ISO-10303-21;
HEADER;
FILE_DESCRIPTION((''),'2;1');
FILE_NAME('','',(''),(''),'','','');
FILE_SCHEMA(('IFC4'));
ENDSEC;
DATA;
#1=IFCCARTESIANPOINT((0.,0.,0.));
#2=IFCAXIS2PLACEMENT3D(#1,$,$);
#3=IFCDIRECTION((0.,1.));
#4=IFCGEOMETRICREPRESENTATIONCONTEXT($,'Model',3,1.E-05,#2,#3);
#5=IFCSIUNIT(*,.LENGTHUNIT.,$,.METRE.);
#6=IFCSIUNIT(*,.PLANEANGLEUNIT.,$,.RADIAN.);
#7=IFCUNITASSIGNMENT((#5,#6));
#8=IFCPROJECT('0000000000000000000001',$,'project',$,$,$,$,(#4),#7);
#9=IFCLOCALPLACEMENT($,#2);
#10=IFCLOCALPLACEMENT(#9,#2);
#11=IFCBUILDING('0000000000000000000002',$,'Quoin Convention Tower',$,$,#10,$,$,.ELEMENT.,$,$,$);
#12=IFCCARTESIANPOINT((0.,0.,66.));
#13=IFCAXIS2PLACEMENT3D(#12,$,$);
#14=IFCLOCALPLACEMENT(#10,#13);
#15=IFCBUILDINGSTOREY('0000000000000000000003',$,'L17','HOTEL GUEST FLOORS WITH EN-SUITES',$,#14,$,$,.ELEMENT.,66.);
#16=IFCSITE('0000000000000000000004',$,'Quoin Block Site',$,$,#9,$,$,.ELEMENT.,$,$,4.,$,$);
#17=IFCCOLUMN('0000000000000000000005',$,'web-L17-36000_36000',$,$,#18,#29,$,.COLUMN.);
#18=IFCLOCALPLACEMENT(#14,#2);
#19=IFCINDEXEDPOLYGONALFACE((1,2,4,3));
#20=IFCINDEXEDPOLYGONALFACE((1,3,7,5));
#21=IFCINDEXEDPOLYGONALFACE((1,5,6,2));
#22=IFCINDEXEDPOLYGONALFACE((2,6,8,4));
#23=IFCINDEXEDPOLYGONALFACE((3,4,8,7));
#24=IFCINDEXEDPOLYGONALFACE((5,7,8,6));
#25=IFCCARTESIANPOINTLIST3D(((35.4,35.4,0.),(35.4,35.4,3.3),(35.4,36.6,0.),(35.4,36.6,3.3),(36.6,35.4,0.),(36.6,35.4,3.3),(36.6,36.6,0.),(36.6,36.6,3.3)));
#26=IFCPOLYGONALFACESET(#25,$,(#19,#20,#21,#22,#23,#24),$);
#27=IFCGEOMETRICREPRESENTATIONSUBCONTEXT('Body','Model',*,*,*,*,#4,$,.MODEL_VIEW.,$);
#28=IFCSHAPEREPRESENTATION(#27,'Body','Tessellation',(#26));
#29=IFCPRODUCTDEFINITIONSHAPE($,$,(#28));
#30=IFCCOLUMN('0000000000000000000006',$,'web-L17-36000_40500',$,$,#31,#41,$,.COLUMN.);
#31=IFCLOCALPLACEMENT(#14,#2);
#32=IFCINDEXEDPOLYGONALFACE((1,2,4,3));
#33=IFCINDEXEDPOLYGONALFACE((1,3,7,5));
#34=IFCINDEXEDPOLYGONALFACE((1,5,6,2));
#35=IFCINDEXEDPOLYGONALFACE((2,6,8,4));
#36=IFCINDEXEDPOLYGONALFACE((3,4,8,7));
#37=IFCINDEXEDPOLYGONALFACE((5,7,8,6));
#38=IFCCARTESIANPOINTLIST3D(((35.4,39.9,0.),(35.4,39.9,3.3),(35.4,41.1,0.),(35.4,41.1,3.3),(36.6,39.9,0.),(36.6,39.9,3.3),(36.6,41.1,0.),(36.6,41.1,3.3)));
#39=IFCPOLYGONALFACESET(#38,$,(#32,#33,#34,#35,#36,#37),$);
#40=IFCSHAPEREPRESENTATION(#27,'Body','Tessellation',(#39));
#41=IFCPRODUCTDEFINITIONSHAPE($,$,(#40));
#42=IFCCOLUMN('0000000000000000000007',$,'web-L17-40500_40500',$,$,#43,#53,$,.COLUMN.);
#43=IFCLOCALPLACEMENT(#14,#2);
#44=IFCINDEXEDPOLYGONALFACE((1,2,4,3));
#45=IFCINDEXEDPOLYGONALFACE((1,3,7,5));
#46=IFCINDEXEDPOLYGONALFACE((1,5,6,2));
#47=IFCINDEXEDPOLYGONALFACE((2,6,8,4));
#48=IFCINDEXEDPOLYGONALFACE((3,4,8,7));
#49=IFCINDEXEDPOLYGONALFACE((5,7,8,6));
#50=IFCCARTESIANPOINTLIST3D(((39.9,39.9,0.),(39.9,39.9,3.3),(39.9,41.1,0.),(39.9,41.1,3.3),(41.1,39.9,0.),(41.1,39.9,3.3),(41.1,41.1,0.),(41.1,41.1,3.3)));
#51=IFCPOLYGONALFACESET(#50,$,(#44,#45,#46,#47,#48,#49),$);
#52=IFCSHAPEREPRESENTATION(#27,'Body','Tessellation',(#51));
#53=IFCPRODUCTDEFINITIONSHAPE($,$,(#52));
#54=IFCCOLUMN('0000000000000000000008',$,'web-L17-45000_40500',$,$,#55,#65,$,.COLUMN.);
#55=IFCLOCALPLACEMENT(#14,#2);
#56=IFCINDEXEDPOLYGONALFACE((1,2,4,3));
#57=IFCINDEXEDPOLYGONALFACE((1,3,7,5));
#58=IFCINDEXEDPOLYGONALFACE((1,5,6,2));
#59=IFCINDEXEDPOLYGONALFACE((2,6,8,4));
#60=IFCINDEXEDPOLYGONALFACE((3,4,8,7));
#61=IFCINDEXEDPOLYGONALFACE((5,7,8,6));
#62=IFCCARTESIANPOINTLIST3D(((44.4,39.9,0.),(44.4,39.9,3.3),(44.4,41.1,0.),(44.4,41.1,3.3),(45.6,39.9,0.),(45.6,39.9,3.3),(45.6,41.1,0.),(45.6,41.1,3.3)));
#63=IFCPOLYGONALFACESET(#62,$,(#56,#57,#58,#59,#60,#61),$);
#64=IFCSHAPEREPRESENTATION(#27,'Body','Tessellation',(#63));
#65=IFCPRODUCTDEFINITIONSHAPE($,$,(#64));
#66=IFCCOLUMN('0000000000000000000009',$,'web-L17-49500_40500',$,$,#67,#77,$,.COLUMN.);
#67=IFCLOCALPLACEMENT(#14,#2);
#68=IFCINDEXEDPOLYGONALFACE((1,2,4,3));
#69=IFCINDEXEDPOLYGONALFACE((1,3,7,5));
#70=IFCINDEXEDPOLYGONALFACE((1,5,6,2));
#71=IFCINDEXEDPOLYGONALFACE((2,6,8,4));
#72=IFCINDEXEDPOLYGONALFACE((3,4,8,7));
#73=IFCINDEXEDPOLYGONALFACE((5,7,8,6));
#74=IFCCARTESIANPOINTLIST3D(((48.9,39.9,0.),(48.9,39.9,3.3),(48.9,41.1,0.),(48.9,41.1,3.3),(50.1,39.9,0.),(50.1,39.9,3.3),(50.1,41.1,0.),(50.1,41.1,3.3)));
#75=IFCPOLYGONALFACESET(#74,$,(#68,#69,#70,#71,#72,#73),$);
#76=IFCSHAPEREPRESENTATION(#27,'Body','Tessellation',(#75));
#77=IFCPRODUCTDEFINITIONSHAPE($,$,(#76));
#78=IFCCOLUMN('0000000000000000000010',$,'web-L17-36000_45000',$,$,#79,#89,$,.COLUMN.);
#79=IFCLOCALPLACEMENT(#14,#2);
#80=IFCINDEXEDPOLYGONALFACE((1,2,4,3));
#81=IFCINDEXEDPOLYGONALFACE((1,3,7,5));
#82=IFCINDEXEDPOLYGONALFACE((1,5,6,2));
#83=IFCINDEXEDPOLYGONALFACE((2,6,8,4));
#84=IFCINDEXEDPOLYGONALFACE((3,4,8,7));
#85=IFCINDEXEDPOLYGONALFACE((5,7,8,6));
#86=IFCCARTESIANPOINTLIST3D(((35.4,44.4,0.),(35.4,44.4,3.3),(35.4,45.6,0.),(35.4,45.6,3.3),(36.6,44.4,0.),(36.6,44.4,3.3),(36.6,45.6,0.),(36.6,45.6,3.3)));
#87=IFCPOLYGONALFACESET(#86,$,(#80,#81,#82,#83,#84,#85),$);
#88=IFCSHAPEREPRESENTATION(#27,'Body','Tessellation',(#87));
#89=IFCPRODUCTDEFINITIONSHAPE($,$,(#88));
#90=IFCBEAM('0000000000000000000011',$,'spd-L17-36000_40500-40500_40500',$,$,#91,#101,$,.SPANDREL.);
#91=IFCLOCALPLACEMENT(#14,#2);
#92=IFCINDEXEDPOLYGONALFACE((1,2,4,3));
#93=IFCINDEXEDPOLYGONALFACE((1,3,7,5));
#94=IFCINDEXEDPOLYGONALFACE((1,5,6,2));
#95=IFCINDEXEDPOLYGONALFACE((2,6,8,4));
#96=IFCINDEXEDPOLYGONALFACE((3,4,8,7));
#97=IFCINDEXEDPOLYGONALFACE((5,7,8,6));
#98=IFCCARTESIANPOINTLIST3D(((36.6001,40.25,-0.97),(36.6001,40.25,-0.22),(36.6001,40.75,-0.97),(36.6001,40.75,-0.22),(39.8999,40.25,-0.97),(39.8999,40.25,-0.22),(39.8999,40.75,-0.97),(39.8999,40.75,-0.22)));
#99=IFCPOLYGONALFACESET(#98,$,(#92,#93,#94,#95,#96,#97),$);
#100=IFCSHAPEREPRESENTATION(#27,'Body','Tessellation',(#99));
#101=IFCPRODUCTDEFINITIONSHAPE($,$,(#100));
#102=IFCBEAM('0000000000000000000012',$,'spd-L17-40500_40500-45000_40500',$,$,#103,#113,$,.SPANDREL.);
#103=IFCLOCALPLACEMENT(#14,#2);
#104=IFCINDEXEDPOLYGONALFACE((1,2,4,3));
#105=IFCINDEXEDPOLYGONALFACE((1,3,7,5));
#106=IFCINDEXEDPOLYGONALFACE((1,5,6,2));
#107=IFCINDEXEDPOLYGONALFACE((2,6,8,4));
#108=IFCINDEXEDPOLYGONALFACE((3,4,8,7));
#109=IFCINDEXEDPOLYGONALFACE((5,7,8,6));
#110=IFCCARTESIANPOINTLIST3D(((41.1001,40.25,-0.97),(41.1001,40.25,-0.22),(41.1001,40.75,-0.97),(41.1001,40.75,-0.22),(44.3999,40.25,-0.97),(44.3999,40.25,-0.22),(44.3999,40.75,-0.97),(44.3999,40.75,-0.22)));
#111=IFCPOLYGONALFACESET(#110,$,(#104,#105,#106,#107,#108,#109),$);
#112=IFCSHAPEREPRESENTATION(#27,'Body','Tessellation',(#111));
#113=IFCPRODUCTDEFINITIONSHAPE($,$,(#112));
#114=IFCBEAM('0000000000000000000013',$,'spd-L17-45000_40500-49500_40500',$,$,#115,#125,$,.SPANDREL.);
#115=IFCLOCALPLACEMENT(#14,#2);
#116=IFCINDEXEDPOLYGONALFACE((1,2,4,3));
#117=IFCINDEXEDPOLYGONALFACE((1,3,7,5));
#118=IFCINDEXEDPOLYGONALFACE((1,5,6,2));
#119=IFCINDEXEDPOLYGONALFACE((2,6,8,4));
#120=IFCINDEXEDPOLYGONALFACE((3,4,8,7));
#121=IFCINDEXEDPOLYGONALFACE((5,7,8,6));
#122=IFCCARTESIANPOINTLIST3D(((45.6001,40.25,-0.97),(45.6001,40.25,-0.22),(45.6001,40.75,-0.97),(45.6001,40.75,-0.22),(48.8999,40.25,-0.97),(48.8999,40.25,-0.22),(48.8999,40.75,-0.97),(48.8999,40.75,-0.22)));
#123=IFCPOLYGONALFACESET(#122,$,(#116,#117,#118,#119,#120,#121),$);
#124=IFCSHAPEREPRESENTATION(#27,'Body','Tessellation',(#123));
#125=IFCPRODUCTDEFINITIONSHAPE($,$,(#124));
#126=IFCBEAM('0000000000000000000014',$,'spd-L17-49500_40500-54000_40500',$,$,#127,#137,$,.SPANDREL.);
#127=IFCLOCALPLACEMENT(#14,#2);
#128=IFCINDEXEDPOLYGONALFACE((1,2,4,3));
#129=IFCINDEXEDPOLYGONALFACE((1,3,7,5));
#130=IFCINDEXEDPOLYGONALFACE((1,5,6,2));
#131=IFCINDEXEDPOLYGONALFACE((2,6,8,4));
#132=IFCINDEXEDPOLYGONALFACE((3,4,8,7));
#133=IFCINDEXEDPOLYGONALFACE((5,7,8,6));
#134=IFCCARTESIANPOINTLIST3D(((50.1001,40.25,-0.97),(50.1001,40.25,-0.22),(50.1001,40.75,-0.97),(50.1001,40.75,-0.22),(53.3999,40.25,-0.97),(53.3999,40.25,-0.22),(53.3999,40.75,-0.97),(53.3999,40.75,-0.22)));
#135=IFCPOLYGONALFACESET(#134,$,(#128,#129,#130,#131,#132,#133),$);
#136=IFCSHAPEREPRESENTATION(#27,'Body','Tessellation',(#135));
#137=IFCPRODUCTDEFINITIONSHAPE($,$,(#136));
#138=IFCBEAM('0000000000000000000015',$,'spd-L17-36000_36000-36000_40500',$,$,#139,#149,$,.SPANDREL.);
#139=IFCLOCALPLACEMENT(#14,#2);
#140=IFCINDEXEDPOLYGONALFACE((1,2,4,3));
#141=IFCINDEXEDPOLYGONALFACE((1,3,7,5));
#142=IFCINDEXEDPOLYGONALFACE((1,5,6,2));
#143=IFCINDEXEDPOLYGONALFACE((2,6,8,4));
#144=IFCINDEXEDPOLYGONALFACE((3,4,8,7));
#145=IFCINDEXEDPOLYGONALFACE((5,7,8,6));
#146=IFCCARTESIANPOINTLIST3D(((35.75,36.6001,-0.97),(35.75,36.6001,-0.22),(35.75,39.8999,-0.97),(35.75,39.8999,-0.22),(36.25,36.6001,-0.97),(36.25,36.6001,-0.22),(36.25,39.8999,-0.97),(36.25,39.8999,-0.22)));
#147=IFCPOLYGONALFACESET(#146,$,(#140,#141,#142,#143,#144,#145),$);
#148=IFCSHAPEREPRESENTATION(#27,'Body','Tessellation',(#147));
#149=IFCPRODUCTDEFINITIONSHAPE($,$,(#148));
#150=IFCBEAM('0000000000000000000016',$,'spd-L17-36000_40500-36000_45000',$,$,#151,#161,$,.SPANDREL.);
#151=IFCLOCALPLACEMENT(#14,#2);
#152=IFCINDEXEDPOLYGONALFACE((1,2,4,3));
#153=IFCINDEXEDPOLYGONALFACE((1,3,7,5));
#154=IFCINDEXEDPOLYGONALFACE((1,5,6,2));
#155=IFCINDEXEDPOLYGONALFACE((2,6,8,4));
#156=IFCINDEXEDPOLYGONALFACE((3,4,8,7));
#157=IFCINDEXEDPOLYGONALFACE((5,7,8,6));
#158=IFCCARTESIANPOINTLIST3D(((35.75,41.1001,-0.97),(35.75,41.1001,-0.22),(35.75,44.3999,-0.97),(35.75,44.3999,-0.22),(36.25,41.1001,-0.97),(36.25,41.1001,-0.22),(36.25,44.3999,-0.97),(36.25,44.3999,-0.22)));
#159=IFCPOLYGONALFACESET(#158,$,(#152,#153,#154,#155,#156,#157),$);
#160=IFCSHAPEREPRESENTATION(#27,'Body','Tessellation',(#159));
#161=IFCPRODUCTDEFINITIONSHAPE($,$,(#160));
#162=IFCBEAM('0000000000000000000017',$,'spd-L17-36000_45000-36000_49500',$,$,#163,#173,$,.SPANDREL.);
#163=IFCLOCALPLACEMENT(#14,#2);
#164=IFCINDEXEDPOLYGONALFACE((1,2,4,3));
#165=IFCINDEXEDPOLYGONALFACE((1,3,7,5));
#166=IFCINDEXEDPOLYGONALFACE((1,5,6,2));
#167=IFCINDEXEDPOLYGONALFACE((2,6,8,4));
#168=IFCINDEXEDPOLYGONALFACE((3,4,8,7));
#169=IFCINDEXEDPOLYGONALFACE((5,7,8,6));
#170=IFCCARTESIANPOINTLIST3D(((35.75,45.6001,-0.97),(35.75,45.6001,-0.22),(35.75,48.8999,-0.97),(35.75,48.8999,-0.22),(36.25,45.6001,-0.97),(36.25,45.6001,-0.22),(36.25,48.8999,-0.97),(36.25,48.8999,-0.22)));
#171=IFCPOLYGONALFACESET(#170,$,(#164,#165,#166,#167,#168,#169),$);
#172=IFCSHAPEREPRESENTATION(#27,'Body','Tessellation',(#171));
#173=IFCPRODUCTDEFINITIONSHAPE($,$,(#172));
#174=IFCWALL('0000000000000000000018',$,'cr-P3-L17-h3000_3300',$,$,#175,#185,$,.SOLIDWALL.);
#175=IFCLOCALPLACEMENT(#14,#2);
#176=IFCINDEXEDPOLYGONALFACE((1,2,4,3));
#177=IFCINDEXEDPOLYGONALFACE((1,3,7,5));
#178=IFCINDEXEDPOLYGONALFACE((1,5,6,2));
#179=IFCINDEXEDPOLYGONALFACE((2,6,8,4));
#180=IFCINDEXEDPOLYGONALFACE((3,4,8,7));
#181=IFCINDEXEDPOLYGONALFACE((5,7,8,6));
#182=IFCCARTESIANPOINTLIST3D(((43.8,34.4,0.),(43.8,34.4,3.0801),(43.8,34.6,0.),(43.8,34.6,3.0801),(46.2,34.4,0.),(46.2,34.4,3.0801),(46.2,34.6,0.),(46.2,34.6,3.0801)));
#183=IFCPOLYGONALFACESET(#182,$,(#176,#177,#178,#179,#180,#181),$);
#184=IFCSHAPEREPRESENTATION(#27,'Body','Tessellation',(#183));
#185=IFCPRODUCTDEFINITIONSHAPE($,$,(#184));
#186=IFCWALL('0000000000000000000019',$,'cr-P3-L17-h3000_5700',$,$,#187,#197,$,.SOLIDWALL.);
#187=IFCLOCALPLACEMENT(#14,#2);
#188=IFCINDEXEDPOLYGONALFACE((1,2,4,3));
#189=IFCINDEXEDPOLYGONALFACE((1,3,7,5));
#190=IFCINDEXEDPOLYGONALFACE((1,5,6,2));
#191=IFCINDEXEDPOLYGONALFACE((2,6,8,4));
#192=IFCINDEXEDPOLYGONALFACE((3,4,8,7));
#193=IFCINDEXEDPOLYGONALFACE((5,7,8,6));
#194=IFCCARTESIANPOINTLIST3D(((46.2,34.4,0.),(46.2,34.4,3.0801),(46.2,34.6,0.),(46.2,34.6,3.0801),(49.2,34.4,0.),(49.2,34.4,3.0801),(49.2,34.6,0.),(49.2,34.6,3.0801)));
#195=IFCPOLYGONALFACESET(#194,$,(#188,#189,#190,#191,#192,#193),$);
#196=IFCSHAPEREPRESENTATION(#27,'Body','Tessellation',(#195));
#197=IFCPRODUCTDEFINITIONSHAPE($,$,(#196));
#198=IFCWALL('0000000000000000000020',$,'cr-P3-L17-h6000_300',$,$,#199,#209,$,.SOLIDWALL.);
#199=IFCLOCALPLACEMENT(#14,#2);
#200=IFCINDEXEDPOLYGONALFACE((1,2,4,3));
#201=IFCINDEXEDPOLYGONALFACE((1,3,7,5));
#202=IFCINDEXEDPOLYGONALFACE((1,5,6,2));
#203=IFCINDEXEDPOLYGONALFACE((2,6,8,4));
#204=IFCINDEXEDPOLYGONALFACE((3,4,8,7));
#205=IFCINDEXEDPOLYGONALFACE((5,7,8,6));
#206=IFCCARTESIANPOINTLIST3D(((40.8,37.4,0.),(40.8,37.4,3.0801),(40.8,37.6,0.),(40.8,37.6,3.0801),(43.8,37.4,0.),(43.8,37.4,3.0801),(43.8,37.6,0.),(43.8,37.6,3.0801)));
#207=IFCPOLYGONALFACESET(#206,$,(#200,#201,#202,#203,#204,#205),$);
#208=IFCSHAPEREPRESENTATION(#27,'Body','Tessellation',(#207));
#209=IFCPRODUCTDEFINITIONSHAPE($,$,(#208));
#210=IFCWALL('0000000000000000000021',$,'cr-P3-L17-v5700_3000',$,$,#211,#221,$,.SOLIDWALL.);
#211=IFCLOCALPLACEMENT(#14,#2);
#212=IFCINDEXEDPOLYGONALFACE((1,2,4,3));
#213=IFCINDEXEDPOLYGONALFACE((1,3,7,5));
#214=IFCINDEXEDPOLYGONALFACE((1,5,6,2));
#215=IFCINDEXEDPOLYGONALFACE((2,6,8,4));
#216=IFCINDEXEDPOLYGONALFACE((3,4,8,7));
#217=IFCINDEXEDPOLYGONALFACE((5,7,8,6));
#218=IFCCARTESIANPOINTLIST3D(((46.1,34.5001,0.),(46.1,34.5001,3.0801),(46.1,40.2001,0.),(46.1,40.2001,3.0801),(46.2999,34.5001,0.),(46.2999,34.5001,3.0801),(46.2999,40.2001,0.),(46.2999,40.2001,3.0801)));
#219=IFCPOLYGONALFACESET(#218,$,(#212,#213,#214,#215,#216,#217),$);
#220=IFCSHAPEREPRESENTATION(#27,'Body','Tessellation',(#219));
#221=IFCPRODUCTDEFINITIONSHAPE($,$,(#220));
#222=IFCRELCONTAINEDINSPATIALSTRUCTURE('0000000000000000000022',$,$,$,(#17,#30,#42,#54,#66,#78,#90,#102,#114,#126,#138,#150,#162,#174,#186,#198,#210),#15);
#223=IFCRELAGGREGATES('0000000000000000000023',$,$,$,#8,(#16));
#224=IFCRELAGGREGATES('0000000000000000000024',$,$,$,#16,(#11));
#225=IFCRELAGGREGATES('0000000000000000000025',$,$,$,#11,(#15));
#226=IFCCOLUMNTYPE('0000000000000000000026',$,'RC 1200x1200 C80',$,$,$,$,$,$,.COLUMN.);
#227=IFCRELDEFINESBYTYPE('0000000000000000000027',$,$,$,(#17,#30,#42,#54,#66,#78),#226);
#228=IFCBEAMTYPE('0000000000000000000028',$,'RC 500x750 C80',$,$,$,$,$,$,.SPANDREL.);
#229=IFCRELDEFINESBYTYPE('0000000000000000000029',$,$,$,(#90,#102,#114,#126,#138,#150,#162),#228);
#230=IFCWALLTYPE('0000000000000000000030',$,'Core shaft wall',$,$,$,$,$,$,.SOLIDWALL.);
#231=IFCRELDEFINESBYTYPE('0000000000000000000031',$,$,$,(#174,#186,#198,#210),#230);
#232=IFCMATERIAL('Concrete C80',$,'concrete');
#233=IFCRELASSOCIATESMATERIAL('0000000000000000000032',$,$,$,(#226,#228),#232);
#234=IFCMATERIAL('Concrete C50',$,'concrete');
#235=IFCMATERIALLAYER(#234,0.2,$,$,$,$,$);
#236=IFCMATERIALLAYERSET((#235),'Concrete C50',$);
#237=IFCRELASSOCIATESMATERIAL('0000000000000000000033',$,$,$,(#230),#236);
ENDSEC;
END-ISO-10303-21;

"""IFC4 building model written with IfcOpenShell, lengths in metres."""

from ifc_helpers import new_model, si_unit, direction, frame, frame_2d, origin, origin_2d, place, context, subcontext, project, spatial, rectangle, extrude, material, layer, layer_set, material_profile, profile_set, type_object, element, save


model = new_model("IFC4")

# Units and contexts
model_context = context("Model", 3, precision=1e-05, world=origin(), true_north=direction((0.0, 1.0)))
body_context = subcontext(model_context, "Body", "Model", "MODEL_VIEW")
ifc_project = project(units=[si_unit("LENGTHUNIT", "METRE"), si_unit("PLANEANGLEUNIT", "RADIAN")], contexts=[model_context])

# Site, building, storey
site_placement = place(None, origin())
site = spatial("IfcSite", under=ifc_project, at=site_placement, Name="Quoin Block Site", CompositionType="ELEMENT", RefElevation=4.0)
building_placement = place(site_placement, origin())
building = spatial("IfcBuilding", under=site, at=building_placement, Name="Quoin Convention Tower", CompositionType="ELEMENT")
storey_placement = place(building_placement, frame((0.0, 0.0, 66.0)))
storey = spatial("IfcBuildingStorey", under=building, at=storey_placement, Name="L17", Description="HOTEL GUEST FLOORS WITH EN-SUITES", CompositionType="ELEMENT", Elevation=66.0)

# Columns
ifc_material_1 = material(Name="Concrete C80", Category="concrete")
ifc_material_profile_1 = material_profile(ifc_material_1, rectangle(XDim=1.2, YDim=1.2, at=origin_2d()), Name="RC 1200x1200")
ifc_profile_set_1 = profile_set([ifc_material_profile_1], Name="Concrete C80")
column_type = type_object("IfcColumnType", Name="RC 1200x1200 C80", PredefinedType="COLUMN", material=ifc_profile_set_1)
for number, where, z_axis, x_axis, name in (
    (1, (36.0, 36.0, 0.0), (0.0, 0.0, 1.0), (1.0, 0.0, 0.0), "web-L17-36000_36000"),
    (2, (36.0, 40.5, 0.0), (0.0, 0.0, 1.0), (1.0, 0.0, 0.0), "web-L17-36000_40500"),
    (3, (40.5, 40.5, 0.0), (0.0, 0.0, 1.0), (1.0, 0.0, 0.0), "web-L17-40500_40500"),
    (4, (45.0, 40.5, 0.0), (0.0, 0.0, 1.0), (1.0, 0.0, 0.0), "web-L17-45000_40500"),
    (5, (49.5, 40.5, 0.0), (0.0, 0.0, 1.0), (1.0, 0.0, 0.0), "web-L17-49500_40500"),
    (6, (36.0, 45.0, 0.0), (0.0, 0.0, 1.0), (1.0, 0.0, 0.0), "web-L17-36000_45000"),
):
    element("IfcColumn", number, at=place(storey_placement, frame(where, z_axis=z_axis, x_axis=x_axis)), inside=storey, type_object=column_type, Name=name, PredefinedType="COLUMN", context=body_context, shape_type="SweptSolid", body=[
        extrude(rectangle(XDim=1.2, YDim=1.2, at=origin_2d()), origin(), (0.0, 0.0, 1.0), 3.3),
    ])

# Beams
ifc_material_profile_2 = material_profile(ifc_material_1, rectangle(XDim=0.5, YDim=0.75, at=origin_2d()), Name="RC 500x750")
ifc_profile_set_2 = profile_set([ifc_material_profile_2], Name="Concrete C80")
beam_type = type_object("IfcBeamType", Name="RC 500x750 C80", PredefinedType="SPANDREL", material=ifc_profile_set_2)
for number, where, z_axis, x_axis, name in (
    (7, (36.6001, 40.5, -0.595), (1.0, 0.0, 0.0), (0.0, 1.0, 0.0), "spd-L17-36000_40500-40500_40500"),
    (8, (41.1001, 40.5, -0.595), (1.0, 0.0, 0.0), (0.0, 1.0, 0.0), "spd-L17-40500_40500-45000_40500"),
    (9, (45.6001, 40.5, -0.595), (1.0, 0.0, 0.0), (0.0, 1.0, 0.0), "spd-L17-45000_40500-49500_40500"),
    (10, (50.1001, 40.5, -0.595), (1.0, 0.0, 0.0), (0.0, 1.0, 0.0), "spd-L17-49500_40500-54000_40500"),
    (11, (36.0, 36.6001, -0.595), (0.0, 1.0, 0.0), (-1.0, 0.0, 0.0), "spd-L17-36000_36000-36000_40500"),
    (12, (36.0, 41.1001, -0.595), (0.0, 1.0, 0.0), (-1.0, 0.0, 0.0), "spd-L17-36000_40500-36000_45000"),
    (13, (36.0, 45.6001, -0.595), (0.0, 1.0, 0.0), (-1.0, 0.0, 0.0), "spd-L17-36000_45000-36000_49500"),
):
    element("IfcBeam", number, at=place(storey_placement, frame(where, z_axis=z_axis, x_axis=x_axis)), inside=storey, type_object=beam_type, Name=name, PredefinedType="SPANDREL", context=body_context, shape_type="SweptSolid", body=[
        extrude(rectangle(XDim=0.5, YDim=0.75, at=origin_2d()), origin(), (0.0, 0.0, 1.0), 3.2998),
    ])

# Walls
ifc_material_2 = material(Name="Concrete C50", Category="concrete")
ifc_layer_1 = layer(ifc_material_2, 0.2)
ifc_layer_set_1 = layer_set([ifc_layer_1], Name="Concrete C50")
wall_type_1 = type_object("IfcWallType", Name="Core shaft wall", PredefinedType="SOLIDWALL", material=ifc_layer_set_1)
wall_1_placement = place(storey_placement, frame((43.8, 34.5, 0.0), z_axis=(0.0, 0.0, 1.0), x_axis=(1.0, 0.0, 0.0)))
element("IfcWall", 14, at=wall_1_placement, inside=storey, type_object=wall_type_1, Name="cr-P3-L17-h3000_3300", PredefinedType="SOLIDWALL", context=body_context, shape_type="SweptSolid", body=[
    extrude(rectangle(XDim=2.3999, YDim=0.2, at=frame_2d((1.2, 0.0))), origin(), (0.0, 0.0, 1.0), 3.0801),
])
for number, where, z_axis, x_axis, name in (
    (15, (46.2, 34.5, 0.0), (0.0, 0.0, 1.0), (1.0, 0.0, 0.0), "cr-P3-L17-h3000_5700"),
    (16, (40.8, 37.5, 0.0), (0.0, 0.0, 1.0), (1.0, 0.0, 0.0), "cr-P3-L17-h6000_300"),
):
    element("IfcWall", number, at=place(storey_placement, frame(where, z_axis=z_axis, x_axis=x_axis)), inside=storey, type_object=wall_type_1, Name=name, PredefinedType="SOLIDWALL", context=body_context, shape_type="SweptSolid", body=[
        extrude(rectangle(XDim=3.0, YDim=0.2, at=frame_2d((1.5, 0.0))), origin(), (0.0, 0.0, 1.0), 3.0801),
    ])
wall_2_placement = place(storey_placement, frame((46.2, 34.5, 0.0), z_axis=(0.0, 0.0, 1.0), x_axis=(0.0, 1.0, 0.0)))
element("IfcWall", 17, at=wall_2_placement, inside=storey, type_object=wall_type_1, Name="cr-P3-L17-v5700_3000", PredefinedType="SOLIDWALL", context=body_context, shape_type="SweptSolid", body=[
    extrude(rectangle(XDim=5.7, YDim=0.2, at=frame_2d((2.8501, 0.0))), origin(), (0.0, 0.0, 1.0), 3.0801),
])

save(model, "model.ifc")
